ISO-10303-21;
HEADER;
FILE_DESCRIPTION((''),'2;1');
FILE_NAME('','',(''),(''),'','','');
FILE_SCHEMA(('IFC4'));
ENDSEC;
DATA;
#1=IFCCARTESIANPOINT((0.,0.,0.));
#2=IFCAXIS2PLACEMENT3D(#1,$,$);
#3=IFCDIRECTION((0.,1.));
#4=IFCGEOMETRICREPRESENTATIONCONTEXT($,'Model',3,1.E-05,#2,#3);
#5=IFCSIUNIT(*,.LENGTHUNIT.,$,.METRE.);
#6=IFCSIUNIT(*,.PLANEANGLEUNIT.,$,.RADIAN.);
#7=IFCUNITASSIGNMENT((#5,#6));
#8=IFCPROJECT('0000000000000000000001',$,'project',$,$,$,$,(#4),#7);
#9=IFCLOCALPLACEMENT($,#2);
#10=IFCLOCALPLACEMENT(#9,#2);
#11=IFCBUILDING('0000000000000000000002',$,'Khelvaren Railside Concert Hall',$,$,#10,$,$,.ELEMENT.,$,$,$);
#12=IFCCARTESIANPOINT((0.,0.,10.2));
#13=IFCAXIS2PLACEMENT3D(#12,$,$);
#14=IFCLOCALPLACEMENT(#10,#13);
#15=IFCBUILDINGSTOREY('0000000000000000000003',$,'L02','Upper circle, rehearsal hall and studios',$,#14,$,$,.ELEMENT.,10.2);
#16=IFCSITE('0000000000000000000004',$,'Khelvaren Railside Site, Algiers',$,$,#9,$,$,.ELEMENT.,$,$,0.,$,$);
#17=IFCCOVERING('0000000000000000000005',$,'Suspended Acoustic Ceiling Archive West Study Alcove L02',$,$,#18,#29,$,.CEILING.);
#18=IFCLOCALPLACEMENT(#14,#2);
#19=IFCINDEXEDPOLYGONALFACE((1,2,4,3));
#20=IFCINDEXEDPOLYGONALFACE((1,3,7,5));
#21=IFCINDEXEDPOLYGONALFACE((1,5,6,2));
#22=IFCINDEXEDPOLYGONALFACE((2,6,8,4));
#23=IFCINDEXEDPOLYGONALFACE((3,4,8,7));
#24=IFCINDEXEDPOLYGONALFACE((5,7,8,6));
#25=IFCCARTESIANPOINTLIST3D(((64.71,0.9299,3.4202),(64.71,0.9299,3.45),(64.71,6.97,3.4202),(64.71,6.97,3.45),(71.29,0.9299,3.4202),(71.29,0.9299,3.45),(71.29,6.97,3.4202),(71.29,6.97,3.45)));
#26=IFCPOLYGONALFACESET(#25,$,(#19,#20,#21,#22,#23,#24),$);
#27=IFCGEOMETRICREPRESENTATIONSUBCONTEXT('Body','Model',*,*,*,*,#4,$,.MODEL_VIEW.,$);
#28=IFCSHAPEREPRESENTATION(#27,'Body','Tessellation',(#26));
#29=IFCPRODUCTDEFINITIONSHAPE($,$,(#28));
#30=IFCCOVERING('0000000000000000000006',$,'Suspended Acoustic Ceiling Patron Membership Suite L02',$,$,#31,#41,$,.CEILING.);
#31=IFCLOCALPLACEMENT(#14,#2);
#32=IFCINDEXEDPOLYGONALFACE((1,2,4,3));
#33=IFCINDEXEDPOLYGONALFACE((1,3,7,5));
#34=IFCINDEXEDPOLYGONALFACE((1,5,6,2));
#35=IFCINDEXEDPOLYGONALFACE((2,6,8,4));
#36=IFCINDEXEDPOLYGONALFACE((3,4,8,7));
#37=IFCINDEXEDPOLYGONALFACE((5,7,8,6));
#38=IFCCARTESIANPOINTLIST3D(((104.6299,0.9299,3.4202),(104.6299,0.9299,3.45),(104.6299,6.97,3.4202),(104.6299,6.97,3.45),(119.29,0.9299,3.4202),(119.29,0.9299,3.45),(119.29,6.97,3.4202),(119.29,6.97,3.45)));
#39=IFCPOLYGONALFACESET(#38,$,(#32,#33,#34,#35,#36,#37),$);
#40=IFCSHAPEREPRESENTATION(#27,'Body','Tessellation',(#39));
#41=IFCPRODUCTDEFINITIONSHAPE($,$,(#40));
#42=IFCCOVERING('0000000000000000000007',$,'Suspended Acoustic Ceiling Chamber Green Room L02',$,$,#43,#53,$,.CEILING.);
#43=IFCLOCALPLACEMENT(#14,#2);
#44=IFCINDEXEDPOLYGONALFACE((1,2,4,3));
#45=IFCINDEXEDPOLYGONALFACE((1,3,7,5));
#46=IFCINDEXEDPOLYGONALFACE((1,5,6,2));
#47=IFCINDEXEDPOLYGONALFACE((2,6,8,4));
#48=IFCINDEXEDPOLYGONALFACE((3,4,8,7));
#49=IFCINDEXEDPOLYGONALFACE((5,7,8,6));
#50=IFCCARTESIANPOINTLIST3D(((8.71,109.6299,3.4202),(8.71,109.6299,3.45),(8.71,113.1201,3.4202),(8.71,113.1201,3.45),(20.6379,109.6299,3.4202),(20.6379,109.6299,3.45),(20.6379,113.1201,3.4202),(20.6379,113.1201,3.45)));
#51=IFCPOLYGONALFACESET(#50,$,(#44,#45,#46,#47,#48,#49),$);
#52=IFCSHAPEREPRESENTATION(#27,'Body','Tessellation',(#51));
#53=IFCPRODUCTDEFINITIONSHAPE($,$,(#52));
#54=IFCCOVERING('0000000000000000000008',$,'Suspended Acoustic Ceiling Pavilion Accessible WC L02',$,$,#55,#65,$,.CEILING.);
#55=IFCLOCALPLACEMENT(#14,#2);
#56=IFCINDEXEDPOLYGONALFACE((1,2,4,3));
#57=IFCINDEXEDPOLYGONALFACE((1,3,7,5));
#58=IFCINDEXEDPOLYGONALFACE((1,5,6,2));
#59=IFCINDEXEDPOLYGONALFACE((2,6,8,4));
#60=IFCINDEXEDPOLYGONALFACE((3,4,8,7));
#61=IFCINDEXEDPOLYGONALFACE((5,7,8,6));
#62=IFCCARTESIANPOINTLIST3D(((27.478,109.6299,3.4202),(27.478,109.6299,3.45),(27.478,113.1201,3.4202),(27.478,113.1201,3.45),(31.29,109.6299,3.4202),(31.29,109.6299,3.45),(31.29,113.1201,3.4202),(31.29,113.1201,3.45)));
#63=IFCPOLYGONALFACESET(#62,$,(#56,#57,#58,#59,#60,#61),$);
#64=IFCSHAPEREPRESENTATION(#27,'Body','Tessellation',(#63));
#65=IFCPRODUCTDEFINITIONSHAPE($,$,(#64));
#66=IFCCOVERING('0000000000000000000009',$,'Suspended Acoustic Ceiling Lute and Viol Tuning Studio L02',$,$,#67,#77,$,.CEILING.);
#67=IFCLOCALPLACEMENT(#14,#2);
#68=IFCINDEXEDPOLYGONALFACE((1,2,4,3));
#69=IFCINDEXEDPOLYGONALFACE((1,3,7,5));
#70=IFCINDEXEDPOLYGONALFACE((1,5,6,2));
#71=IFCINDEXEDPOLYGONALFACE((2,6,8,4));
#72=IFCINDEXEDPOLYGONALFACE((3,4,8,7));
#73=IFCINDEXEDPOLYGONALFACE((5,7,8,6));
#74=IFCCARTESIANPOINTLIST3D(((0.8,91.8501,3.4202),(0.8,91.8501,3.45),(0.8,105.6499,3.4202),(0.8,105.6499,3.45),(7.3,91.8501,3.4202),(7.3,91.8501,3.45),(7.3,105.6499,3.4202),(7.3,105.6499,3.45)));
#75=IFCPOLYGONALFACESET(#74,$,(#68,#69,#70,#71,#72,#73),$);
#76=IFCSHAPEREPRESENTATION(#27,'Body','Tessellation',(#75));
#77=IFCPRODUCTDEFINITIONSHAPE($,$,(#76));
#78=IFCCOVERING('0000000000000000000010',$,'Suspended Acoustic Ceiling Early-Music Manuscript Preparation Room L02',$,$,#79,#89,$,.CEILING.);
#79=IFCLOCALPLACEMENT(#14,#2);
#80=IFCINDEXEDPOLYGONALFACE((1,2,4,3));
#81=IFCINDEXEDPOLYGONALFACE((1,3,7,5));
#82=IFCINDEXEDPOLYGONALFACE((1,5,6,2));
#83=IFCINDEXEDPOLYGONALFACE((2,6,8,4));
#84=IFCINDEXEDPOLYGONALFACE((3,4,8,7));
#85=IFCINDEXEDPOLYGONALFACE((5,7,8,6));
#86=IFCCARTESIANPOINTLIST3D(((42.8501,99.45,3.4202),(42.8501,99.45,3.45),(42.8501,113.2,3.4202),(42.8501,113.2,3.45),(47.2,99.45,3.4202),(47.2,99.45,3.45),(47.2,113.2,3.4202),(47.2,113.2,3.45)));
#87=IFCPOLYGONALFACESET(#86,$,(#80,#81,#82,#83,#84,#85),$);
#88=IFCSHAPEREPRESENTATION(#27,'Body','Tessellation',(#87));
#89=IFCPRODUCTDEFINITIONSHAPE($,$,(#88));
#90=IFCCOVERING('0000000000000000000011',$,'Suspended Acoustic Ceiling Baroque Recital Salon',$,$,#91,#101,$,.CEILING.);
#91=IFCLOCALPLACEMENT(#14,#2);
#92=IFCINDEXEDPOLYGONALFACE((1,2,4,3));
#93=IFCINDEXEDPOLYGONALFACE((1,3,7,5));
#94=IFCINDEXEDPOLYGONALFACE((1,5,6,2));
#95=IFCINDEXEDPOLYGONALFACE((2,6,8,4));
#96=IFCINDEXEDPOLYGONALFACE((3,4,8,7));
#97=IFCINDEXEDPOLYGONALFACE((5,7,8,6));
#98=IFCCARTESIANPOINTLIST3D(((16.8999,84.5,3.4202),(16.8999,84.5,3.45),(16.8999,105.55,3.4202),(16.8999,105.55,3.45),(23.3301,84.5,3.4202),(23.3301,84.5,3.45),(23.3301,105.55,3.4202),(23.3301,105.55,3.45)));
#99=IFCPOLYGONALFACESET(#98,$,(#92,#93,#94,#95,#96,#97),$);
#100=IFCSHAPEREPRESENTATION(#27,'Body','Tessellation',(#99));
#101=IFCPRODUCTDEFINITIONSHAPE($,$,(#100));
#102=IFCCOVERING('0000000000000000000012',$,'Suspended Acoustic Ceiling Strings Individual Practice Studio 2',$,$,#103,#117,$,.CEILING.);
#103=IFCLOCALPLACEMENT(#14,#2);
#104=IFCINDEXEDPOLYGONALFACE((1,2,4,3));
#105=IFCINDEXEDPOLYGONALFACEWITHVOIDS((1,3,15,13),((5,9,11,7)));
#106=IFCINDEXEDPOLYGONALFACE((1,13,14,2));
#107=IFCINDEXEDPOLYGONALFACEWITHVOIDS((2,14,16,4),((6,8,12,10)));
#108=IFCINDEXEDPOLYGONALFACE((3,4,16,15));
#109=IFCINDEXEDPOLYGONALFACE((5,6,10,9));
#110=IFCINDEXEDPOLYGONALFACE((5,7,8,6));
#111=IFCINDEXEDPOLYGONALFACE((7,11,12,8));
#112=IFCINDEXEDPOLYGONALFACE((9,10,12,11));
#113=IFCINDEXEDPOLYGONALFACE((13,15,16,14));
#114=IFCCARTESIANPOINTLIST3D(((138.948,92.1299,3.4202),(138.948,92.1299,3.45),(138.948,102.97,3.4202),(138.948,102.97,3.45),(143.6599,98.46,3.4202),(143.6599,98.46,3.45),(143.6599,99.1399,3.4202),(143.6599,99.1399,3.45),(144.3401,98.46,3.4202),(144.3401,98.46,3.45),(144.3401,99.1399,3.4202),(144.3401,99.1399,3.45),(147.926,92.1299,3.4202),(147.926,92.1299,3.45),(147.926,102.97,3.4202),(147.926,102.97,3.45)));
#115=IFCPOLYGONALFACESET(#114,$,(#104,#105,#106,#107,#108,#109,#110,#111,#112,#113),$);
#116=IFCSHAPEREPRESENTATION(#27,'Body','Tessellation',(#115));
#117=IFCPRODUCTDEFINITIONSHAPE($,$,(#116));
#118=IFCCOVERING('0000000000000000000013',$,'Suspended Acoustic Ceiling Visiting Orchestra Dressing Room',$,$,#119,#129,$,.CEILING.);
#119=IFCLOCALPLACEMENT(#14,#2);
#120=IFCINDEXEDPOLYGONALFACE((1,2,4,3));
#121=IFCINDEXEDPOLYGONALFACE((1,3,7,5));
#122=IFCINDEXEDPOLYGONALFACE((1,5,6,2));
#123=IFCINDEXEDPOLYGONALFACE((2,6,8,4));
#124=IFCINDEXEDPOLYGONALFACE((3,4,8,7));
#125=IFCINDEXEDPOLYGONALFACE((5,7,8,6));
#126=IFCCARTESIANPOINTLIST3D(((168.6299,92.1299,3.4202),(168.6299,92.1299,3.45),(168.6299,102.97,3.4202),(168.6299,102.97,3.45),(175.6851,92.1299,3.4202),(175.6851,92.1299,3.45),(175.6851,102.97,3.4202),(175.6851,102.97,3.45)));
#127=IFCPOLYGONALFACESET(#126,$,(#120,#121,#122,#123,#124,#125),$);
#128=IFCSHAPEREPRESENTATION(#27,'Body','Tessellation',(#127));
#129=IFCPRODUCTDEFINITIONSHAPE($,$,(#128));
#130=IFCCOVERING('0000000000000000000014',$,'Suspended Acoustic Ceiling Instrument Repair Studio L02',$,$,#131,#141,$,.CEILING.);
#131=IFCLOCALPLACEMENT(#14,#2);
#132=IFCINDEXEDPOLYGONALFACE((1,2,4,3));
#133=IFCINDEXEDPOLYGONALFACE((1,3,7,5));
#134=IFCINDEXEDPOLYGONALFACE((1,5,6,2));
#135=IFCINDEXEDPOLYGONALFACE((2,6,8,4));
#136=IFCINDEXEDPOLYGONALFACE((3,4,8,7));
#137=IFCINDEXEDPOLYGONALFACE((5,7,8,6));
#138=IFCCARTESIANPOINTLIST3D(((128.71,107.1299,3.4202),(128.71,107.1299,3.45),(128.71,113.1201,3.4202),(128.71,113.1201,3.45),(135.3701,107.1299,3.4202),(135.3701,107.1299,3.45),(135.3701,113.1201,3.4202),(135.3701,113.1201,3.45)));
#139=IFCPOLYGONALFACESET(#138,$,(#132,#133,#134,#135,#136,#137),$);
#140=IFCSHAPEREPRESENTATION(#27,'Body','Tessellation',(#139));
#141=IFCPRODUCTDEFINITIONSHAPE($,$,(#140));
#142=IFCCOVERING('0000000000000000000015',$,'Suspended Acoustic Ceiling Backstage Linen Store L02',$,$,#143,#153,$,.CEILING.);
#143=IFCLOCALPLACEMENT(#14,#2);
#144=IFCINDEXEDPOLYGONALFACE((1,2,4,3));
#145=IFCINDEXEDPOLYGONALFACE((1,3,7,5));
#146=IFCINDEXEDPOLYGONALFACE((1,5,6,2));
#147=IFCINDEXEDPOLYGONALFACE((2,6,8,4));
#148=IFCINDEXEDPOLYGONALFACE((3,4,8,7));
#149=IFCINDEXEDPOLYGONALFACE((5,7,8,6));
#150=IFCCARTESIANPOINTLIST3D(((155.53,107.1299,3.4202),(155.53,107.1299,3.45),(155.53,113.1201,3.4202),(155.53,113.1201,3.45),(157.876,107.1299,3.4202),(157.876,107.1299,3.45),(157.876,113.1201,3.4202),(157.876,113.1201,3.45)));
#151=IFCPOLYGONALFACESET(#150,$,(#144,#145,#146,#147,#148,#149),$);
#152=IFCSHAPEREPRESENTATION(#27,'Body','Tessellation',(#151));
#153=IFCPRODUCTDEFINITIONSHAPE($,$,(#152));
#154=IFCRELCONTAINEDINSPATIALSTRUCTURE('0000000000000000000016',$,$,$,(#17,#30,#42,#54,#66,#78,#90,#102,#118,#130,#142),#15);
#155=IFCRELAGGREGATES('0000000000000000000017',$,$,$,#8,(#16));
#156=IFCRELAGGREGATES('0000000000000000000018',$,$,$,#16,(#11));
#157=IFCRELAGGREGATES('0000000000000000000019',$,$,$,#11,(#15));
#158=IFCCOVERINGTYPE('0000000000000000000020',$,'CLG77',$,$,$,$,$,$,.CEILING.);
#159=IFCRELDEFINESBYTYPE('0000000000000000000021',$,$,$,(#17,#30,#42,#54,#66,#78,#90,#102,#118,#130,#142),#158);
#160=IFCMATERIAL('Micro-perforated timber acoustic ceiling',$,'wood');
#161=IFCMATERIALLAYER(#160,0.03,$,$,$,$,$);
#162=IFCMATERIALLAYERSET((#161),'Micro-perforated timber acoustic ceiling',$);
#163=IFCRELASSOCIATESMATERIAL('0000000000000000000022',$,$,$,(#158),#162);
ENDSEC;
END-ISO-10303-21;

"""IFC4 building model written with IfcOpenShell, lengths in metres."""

from ifc_helpers import new_model, si_unit, direction, frame, origin, place, context, subcontext, project, spatial, polyline, outline, extrude, material, layer, layer_set, type_object, element, save


model = new_model("IFC4")

# Units and contexts
model_context = context("Model", 3, precision=1e-05, world=origin(), true_north=direction((0.0, 1.0)))
body_context = subcontext(model_context, "Body", "Model", "MODEL_VIEW")
ifc_project = project(units=[si_unit("LENGTHUNIT", "METRE"), si_unit("PLANEANGLEUNIT", "RADIAN")], contexts=[model_context])

# Site, building, storey
site_placement = place(None, origin())
site = spatial("IfcSite", under=ifc_project, at=site_placement, Name="Khelvaren Railside Site, Algiers", CompositionType="ELEMENT", RefElevation=0.0)
building_placement = place(site_placement, origin())
building = spatial("IfcBuilding", under=site, at=building_placement, Name="Khelvaren Railside Concert Hall", CompositionType="ELEMENT")
storey_placement = place(building_placement, frame((0.0, 0.0, 10.2)))
storey = spatial("IfcBuildingStorey", under=building, at=storey_placement, Name="L02", Description="Upper circle, rehearsal hall and studios", CompositionType="ELEMENT", Elevation=10.2)

# Coverings
ifc_material_1 = material(Name="Micro-perforated timber acoustic ceiling", Category="wood")
ifc_layer_1 = layer(ifc_material_1, 0.03)
ifc_layer_set_1 = layer_set([ifc_layer_1], Name="Micro-perforated timber acoustic ceiling")
covering_type_1 = type_object("IfcCoveringType", Name="CLG77", PredefinedType="CEILING", material=ifc_layer_set_1)
covering_1_placement = place(storey_placement, frame((0.0, 0.0, 3.4202)))
element("IfcCovering", 1, at=covering_1_placement, inside=storey, type_object=covering_type_1, Name="Suspended Acoustic Ceiling Archive West Study Alcove L02", PredefinedType="CEILING", context=body_context, shape_type="SweptSolid", body=[
    extrude(outline(polyline([(64.71, 0.9299), (71.29, 0.9299), (71.29, 6.97), (64.71, 6.97), (64.71, 0.9299)])), origin(), (0.0, 0.0, 1.0), 0.0298),
])
covering_2_placement = place(storey_placement, frame((0.0, 0.0, 3.4202)))
element("IfcCovering", 2, at=covering_2_placement, inside=storey, type_object=covering_type_1, Name="Suspended Acoustic Ceiling Patron Membership Suite L02", PredefinedType="CEILING", context=body_context, shape_type="SweptSolid", body=[
    extrude(outline(polyline([(104.6299, 0.9299), (119.29, 0.9299), (119.29, 6.97), (104.6299, 6.97), (104.6299, 0.9299)])), origin(), (0.0, 0.0, 1.0), 0.0298),
])
covering_3_placement = place(storey_placement, frame((0.0, 0.0, 3.4202)))
element("IfcCovering", 3, at=covering_3_placement, inside=storey, type_object=covering_type_1, Name="Suspended Acoustic Ceiling Chamber Green Room L02", PredefinedType="CEILING", context=body_context, shape_type="SweptSolid", body=[
    extrude(outline(polyline([(8.71, 109.6299), (20.6379, 109.6299), (20.6379, 113.1201), (8.71, 113.1201), (8.71, 109.6299)])), origin(), (0.0, 0.0, 1.0), 0.0298),
])
covering_4_placement = place(storey_placement, frame((0.0, 0.0, 3.4202)))
element("IfcCovering", 4, at=covering_4_placement, inside=storey, type_object=covering_type_1, Name="Suspended Acoustic Ceiling Pavilion Accessible WC L02", PredefinedType="CEILING", context=body_context, shape_type="SweptSolid", body=[
    extrude(outline(polyline([(27.478, 109.6299), (31.29, 109.6299), (31.29, 113.1201), (27.478, 113.1201), (27.478, 109.6299)])), origin(), (0.0, 0.0, 1.0), 0.0298),
])
covering_5_placement = place(storey_placement, frame((0.0, 0.0, 3.4202)))
element("IfcCovering", 5, at=covering_5_placement, inside=storey, type_object=covering_type_1, Name="Suspended Acoustic Ceiling Lute and Viol Tuning Studio L02", PredefinedType="CEILING", context=body_context, shape_type="SweptSolid", body=[
    extrude(outline(polyline([(0.8, 91.8501), (7.3, 91.8501), (7.3, 105.6499), (0.8, 105.6499), (0.8, 91.8501)])), origin(), (0.0, 0.0, 1.0), 0.0298),
])
covering_6_placement = place(storey_placement, frame((0.0, 0.0, 3.4202)))
element("IfcCovering", 6, at=covering_6_placement, inside=storey, type_object=covering_type_1, Name="Suspended Acoustic Ceiling Early-Music Manuscript Preparation Room L02", PredefinedType="CEILING", context=body_context, shape_type="SweptSolid", body=[
    extrude(outline(polyline([(42.8501, 99.45), (47.2, 99.45), (47.2, 113.2), (42.8501, 113.2), (42.8501, 99.45)])), origin(), (0.0, 0.0, 1.0), 0.0298),
])
covering_7_placement = place(storey_placement, frame((0.0, 0.0, 3.4202)))
element("IfcCovering", 7, at=covering_7_placement, inside=storey, type_object=covering_type_1, Name="Suspended Acoustic Ceiling Baroque Recital Salon", PredefinedType="CEILING", context=body_context, shape_type="SweptSolid", body=[
    extrude(outline(polyline([(16.8999, 84.5), (23.3301, 84.5), (23.3301, 105.55), (16.8999, 105.55), (16.8999, 84.5)])), origin(), (0.0, 0.0, 1.0), 0.0298),
])
covering_8_placement = place(storey_placement, frame((0.0, 0.0, 3.4202)))
element("IfcCovering", 8, at=covering_8_placement, inside=storey, type_object=covering_type_1, Name="Suspended Acoustic Ceiling Strings Individual Practice Studio 2", PredefinedType="CEILING", context=body_context, shape_type="SweptSolid", body=[
    extrude(outline(polyline([(138.948, 92.1299), (147.926, 92.1299), (147.926, 102.97), (138.948, 102.97), (138.948, 92.1299)]), holes=[polyline([(143.6599, 98.46), (144.3401, 98.46), (144.3401, 99.1399), (143.6599, 99.1399), (143.6599, 98.46)])]), origin(), (0.0, 0.0, 1.0), 0.0298),
])
covering_9_placement = place(storey_placement, frame((0.0, 0.0, 3.4202)))
element("IfcCovering", 9, at=covering_9_placement, inside=storey, type_object=covering_type_1, Name="Suspended Acoustic Ceiling Visiting Orchestra Dressing Room", PredefinedType="CEILING", context=body_context, shape_type="SweptSolid", body=[
    extrude(outline(polyline([(168.6299, 92.1299), (175.6851, 92.1299), (175.6851, 102.97), (168.6299, 102.97), (168.6299, 92.1299)])), origin(), (0.0, 0.0, 1.0), 0.0298),
])
covering_10_placement = place(storey_placement, frame((0.0, 0.0, 3.4202)))
element("IfcCovering", 10, at=covering_10_placement, inside=storey, type_object=covering_type_1, Name="Suspended Acoustic Ceiling Instrument Repair Studio L02", PredefinedType="CEILING", context=body_context, shape_type="SweptSolid", body=[
    extrude(outline(polyline([(128.71, 107.1299), (135.3701, 107.1299), (135.3701, 113.1201), (128.71, 113.1201), (128.71, 107.1299)])), origin(), (0.0, 0.0, 1.0), 0.0298),
])
covering_11_placement = place(storey_placement, frame((0.0, 0.0, 3.4202)))
element("IfcCovering", 11, at=covering_11_placement, inside=storey, type_object=covering_type_1, Name="Suspended Acoustic Ceiling Backstage Linen Store L02", PredefinedType="CEILING", context=body_context, shape_type="SweptSolid", body=[
    extrude(outline(polyline([(155.53, 107.1299), (157.876, 107.1299), (157.876, 113.1201), (155.53, 113.1201), (155.53, 107.1299)])), origin(), (0.0, 0.0, 1.0), 0.0298),
])

save(model, "model.ifc")
